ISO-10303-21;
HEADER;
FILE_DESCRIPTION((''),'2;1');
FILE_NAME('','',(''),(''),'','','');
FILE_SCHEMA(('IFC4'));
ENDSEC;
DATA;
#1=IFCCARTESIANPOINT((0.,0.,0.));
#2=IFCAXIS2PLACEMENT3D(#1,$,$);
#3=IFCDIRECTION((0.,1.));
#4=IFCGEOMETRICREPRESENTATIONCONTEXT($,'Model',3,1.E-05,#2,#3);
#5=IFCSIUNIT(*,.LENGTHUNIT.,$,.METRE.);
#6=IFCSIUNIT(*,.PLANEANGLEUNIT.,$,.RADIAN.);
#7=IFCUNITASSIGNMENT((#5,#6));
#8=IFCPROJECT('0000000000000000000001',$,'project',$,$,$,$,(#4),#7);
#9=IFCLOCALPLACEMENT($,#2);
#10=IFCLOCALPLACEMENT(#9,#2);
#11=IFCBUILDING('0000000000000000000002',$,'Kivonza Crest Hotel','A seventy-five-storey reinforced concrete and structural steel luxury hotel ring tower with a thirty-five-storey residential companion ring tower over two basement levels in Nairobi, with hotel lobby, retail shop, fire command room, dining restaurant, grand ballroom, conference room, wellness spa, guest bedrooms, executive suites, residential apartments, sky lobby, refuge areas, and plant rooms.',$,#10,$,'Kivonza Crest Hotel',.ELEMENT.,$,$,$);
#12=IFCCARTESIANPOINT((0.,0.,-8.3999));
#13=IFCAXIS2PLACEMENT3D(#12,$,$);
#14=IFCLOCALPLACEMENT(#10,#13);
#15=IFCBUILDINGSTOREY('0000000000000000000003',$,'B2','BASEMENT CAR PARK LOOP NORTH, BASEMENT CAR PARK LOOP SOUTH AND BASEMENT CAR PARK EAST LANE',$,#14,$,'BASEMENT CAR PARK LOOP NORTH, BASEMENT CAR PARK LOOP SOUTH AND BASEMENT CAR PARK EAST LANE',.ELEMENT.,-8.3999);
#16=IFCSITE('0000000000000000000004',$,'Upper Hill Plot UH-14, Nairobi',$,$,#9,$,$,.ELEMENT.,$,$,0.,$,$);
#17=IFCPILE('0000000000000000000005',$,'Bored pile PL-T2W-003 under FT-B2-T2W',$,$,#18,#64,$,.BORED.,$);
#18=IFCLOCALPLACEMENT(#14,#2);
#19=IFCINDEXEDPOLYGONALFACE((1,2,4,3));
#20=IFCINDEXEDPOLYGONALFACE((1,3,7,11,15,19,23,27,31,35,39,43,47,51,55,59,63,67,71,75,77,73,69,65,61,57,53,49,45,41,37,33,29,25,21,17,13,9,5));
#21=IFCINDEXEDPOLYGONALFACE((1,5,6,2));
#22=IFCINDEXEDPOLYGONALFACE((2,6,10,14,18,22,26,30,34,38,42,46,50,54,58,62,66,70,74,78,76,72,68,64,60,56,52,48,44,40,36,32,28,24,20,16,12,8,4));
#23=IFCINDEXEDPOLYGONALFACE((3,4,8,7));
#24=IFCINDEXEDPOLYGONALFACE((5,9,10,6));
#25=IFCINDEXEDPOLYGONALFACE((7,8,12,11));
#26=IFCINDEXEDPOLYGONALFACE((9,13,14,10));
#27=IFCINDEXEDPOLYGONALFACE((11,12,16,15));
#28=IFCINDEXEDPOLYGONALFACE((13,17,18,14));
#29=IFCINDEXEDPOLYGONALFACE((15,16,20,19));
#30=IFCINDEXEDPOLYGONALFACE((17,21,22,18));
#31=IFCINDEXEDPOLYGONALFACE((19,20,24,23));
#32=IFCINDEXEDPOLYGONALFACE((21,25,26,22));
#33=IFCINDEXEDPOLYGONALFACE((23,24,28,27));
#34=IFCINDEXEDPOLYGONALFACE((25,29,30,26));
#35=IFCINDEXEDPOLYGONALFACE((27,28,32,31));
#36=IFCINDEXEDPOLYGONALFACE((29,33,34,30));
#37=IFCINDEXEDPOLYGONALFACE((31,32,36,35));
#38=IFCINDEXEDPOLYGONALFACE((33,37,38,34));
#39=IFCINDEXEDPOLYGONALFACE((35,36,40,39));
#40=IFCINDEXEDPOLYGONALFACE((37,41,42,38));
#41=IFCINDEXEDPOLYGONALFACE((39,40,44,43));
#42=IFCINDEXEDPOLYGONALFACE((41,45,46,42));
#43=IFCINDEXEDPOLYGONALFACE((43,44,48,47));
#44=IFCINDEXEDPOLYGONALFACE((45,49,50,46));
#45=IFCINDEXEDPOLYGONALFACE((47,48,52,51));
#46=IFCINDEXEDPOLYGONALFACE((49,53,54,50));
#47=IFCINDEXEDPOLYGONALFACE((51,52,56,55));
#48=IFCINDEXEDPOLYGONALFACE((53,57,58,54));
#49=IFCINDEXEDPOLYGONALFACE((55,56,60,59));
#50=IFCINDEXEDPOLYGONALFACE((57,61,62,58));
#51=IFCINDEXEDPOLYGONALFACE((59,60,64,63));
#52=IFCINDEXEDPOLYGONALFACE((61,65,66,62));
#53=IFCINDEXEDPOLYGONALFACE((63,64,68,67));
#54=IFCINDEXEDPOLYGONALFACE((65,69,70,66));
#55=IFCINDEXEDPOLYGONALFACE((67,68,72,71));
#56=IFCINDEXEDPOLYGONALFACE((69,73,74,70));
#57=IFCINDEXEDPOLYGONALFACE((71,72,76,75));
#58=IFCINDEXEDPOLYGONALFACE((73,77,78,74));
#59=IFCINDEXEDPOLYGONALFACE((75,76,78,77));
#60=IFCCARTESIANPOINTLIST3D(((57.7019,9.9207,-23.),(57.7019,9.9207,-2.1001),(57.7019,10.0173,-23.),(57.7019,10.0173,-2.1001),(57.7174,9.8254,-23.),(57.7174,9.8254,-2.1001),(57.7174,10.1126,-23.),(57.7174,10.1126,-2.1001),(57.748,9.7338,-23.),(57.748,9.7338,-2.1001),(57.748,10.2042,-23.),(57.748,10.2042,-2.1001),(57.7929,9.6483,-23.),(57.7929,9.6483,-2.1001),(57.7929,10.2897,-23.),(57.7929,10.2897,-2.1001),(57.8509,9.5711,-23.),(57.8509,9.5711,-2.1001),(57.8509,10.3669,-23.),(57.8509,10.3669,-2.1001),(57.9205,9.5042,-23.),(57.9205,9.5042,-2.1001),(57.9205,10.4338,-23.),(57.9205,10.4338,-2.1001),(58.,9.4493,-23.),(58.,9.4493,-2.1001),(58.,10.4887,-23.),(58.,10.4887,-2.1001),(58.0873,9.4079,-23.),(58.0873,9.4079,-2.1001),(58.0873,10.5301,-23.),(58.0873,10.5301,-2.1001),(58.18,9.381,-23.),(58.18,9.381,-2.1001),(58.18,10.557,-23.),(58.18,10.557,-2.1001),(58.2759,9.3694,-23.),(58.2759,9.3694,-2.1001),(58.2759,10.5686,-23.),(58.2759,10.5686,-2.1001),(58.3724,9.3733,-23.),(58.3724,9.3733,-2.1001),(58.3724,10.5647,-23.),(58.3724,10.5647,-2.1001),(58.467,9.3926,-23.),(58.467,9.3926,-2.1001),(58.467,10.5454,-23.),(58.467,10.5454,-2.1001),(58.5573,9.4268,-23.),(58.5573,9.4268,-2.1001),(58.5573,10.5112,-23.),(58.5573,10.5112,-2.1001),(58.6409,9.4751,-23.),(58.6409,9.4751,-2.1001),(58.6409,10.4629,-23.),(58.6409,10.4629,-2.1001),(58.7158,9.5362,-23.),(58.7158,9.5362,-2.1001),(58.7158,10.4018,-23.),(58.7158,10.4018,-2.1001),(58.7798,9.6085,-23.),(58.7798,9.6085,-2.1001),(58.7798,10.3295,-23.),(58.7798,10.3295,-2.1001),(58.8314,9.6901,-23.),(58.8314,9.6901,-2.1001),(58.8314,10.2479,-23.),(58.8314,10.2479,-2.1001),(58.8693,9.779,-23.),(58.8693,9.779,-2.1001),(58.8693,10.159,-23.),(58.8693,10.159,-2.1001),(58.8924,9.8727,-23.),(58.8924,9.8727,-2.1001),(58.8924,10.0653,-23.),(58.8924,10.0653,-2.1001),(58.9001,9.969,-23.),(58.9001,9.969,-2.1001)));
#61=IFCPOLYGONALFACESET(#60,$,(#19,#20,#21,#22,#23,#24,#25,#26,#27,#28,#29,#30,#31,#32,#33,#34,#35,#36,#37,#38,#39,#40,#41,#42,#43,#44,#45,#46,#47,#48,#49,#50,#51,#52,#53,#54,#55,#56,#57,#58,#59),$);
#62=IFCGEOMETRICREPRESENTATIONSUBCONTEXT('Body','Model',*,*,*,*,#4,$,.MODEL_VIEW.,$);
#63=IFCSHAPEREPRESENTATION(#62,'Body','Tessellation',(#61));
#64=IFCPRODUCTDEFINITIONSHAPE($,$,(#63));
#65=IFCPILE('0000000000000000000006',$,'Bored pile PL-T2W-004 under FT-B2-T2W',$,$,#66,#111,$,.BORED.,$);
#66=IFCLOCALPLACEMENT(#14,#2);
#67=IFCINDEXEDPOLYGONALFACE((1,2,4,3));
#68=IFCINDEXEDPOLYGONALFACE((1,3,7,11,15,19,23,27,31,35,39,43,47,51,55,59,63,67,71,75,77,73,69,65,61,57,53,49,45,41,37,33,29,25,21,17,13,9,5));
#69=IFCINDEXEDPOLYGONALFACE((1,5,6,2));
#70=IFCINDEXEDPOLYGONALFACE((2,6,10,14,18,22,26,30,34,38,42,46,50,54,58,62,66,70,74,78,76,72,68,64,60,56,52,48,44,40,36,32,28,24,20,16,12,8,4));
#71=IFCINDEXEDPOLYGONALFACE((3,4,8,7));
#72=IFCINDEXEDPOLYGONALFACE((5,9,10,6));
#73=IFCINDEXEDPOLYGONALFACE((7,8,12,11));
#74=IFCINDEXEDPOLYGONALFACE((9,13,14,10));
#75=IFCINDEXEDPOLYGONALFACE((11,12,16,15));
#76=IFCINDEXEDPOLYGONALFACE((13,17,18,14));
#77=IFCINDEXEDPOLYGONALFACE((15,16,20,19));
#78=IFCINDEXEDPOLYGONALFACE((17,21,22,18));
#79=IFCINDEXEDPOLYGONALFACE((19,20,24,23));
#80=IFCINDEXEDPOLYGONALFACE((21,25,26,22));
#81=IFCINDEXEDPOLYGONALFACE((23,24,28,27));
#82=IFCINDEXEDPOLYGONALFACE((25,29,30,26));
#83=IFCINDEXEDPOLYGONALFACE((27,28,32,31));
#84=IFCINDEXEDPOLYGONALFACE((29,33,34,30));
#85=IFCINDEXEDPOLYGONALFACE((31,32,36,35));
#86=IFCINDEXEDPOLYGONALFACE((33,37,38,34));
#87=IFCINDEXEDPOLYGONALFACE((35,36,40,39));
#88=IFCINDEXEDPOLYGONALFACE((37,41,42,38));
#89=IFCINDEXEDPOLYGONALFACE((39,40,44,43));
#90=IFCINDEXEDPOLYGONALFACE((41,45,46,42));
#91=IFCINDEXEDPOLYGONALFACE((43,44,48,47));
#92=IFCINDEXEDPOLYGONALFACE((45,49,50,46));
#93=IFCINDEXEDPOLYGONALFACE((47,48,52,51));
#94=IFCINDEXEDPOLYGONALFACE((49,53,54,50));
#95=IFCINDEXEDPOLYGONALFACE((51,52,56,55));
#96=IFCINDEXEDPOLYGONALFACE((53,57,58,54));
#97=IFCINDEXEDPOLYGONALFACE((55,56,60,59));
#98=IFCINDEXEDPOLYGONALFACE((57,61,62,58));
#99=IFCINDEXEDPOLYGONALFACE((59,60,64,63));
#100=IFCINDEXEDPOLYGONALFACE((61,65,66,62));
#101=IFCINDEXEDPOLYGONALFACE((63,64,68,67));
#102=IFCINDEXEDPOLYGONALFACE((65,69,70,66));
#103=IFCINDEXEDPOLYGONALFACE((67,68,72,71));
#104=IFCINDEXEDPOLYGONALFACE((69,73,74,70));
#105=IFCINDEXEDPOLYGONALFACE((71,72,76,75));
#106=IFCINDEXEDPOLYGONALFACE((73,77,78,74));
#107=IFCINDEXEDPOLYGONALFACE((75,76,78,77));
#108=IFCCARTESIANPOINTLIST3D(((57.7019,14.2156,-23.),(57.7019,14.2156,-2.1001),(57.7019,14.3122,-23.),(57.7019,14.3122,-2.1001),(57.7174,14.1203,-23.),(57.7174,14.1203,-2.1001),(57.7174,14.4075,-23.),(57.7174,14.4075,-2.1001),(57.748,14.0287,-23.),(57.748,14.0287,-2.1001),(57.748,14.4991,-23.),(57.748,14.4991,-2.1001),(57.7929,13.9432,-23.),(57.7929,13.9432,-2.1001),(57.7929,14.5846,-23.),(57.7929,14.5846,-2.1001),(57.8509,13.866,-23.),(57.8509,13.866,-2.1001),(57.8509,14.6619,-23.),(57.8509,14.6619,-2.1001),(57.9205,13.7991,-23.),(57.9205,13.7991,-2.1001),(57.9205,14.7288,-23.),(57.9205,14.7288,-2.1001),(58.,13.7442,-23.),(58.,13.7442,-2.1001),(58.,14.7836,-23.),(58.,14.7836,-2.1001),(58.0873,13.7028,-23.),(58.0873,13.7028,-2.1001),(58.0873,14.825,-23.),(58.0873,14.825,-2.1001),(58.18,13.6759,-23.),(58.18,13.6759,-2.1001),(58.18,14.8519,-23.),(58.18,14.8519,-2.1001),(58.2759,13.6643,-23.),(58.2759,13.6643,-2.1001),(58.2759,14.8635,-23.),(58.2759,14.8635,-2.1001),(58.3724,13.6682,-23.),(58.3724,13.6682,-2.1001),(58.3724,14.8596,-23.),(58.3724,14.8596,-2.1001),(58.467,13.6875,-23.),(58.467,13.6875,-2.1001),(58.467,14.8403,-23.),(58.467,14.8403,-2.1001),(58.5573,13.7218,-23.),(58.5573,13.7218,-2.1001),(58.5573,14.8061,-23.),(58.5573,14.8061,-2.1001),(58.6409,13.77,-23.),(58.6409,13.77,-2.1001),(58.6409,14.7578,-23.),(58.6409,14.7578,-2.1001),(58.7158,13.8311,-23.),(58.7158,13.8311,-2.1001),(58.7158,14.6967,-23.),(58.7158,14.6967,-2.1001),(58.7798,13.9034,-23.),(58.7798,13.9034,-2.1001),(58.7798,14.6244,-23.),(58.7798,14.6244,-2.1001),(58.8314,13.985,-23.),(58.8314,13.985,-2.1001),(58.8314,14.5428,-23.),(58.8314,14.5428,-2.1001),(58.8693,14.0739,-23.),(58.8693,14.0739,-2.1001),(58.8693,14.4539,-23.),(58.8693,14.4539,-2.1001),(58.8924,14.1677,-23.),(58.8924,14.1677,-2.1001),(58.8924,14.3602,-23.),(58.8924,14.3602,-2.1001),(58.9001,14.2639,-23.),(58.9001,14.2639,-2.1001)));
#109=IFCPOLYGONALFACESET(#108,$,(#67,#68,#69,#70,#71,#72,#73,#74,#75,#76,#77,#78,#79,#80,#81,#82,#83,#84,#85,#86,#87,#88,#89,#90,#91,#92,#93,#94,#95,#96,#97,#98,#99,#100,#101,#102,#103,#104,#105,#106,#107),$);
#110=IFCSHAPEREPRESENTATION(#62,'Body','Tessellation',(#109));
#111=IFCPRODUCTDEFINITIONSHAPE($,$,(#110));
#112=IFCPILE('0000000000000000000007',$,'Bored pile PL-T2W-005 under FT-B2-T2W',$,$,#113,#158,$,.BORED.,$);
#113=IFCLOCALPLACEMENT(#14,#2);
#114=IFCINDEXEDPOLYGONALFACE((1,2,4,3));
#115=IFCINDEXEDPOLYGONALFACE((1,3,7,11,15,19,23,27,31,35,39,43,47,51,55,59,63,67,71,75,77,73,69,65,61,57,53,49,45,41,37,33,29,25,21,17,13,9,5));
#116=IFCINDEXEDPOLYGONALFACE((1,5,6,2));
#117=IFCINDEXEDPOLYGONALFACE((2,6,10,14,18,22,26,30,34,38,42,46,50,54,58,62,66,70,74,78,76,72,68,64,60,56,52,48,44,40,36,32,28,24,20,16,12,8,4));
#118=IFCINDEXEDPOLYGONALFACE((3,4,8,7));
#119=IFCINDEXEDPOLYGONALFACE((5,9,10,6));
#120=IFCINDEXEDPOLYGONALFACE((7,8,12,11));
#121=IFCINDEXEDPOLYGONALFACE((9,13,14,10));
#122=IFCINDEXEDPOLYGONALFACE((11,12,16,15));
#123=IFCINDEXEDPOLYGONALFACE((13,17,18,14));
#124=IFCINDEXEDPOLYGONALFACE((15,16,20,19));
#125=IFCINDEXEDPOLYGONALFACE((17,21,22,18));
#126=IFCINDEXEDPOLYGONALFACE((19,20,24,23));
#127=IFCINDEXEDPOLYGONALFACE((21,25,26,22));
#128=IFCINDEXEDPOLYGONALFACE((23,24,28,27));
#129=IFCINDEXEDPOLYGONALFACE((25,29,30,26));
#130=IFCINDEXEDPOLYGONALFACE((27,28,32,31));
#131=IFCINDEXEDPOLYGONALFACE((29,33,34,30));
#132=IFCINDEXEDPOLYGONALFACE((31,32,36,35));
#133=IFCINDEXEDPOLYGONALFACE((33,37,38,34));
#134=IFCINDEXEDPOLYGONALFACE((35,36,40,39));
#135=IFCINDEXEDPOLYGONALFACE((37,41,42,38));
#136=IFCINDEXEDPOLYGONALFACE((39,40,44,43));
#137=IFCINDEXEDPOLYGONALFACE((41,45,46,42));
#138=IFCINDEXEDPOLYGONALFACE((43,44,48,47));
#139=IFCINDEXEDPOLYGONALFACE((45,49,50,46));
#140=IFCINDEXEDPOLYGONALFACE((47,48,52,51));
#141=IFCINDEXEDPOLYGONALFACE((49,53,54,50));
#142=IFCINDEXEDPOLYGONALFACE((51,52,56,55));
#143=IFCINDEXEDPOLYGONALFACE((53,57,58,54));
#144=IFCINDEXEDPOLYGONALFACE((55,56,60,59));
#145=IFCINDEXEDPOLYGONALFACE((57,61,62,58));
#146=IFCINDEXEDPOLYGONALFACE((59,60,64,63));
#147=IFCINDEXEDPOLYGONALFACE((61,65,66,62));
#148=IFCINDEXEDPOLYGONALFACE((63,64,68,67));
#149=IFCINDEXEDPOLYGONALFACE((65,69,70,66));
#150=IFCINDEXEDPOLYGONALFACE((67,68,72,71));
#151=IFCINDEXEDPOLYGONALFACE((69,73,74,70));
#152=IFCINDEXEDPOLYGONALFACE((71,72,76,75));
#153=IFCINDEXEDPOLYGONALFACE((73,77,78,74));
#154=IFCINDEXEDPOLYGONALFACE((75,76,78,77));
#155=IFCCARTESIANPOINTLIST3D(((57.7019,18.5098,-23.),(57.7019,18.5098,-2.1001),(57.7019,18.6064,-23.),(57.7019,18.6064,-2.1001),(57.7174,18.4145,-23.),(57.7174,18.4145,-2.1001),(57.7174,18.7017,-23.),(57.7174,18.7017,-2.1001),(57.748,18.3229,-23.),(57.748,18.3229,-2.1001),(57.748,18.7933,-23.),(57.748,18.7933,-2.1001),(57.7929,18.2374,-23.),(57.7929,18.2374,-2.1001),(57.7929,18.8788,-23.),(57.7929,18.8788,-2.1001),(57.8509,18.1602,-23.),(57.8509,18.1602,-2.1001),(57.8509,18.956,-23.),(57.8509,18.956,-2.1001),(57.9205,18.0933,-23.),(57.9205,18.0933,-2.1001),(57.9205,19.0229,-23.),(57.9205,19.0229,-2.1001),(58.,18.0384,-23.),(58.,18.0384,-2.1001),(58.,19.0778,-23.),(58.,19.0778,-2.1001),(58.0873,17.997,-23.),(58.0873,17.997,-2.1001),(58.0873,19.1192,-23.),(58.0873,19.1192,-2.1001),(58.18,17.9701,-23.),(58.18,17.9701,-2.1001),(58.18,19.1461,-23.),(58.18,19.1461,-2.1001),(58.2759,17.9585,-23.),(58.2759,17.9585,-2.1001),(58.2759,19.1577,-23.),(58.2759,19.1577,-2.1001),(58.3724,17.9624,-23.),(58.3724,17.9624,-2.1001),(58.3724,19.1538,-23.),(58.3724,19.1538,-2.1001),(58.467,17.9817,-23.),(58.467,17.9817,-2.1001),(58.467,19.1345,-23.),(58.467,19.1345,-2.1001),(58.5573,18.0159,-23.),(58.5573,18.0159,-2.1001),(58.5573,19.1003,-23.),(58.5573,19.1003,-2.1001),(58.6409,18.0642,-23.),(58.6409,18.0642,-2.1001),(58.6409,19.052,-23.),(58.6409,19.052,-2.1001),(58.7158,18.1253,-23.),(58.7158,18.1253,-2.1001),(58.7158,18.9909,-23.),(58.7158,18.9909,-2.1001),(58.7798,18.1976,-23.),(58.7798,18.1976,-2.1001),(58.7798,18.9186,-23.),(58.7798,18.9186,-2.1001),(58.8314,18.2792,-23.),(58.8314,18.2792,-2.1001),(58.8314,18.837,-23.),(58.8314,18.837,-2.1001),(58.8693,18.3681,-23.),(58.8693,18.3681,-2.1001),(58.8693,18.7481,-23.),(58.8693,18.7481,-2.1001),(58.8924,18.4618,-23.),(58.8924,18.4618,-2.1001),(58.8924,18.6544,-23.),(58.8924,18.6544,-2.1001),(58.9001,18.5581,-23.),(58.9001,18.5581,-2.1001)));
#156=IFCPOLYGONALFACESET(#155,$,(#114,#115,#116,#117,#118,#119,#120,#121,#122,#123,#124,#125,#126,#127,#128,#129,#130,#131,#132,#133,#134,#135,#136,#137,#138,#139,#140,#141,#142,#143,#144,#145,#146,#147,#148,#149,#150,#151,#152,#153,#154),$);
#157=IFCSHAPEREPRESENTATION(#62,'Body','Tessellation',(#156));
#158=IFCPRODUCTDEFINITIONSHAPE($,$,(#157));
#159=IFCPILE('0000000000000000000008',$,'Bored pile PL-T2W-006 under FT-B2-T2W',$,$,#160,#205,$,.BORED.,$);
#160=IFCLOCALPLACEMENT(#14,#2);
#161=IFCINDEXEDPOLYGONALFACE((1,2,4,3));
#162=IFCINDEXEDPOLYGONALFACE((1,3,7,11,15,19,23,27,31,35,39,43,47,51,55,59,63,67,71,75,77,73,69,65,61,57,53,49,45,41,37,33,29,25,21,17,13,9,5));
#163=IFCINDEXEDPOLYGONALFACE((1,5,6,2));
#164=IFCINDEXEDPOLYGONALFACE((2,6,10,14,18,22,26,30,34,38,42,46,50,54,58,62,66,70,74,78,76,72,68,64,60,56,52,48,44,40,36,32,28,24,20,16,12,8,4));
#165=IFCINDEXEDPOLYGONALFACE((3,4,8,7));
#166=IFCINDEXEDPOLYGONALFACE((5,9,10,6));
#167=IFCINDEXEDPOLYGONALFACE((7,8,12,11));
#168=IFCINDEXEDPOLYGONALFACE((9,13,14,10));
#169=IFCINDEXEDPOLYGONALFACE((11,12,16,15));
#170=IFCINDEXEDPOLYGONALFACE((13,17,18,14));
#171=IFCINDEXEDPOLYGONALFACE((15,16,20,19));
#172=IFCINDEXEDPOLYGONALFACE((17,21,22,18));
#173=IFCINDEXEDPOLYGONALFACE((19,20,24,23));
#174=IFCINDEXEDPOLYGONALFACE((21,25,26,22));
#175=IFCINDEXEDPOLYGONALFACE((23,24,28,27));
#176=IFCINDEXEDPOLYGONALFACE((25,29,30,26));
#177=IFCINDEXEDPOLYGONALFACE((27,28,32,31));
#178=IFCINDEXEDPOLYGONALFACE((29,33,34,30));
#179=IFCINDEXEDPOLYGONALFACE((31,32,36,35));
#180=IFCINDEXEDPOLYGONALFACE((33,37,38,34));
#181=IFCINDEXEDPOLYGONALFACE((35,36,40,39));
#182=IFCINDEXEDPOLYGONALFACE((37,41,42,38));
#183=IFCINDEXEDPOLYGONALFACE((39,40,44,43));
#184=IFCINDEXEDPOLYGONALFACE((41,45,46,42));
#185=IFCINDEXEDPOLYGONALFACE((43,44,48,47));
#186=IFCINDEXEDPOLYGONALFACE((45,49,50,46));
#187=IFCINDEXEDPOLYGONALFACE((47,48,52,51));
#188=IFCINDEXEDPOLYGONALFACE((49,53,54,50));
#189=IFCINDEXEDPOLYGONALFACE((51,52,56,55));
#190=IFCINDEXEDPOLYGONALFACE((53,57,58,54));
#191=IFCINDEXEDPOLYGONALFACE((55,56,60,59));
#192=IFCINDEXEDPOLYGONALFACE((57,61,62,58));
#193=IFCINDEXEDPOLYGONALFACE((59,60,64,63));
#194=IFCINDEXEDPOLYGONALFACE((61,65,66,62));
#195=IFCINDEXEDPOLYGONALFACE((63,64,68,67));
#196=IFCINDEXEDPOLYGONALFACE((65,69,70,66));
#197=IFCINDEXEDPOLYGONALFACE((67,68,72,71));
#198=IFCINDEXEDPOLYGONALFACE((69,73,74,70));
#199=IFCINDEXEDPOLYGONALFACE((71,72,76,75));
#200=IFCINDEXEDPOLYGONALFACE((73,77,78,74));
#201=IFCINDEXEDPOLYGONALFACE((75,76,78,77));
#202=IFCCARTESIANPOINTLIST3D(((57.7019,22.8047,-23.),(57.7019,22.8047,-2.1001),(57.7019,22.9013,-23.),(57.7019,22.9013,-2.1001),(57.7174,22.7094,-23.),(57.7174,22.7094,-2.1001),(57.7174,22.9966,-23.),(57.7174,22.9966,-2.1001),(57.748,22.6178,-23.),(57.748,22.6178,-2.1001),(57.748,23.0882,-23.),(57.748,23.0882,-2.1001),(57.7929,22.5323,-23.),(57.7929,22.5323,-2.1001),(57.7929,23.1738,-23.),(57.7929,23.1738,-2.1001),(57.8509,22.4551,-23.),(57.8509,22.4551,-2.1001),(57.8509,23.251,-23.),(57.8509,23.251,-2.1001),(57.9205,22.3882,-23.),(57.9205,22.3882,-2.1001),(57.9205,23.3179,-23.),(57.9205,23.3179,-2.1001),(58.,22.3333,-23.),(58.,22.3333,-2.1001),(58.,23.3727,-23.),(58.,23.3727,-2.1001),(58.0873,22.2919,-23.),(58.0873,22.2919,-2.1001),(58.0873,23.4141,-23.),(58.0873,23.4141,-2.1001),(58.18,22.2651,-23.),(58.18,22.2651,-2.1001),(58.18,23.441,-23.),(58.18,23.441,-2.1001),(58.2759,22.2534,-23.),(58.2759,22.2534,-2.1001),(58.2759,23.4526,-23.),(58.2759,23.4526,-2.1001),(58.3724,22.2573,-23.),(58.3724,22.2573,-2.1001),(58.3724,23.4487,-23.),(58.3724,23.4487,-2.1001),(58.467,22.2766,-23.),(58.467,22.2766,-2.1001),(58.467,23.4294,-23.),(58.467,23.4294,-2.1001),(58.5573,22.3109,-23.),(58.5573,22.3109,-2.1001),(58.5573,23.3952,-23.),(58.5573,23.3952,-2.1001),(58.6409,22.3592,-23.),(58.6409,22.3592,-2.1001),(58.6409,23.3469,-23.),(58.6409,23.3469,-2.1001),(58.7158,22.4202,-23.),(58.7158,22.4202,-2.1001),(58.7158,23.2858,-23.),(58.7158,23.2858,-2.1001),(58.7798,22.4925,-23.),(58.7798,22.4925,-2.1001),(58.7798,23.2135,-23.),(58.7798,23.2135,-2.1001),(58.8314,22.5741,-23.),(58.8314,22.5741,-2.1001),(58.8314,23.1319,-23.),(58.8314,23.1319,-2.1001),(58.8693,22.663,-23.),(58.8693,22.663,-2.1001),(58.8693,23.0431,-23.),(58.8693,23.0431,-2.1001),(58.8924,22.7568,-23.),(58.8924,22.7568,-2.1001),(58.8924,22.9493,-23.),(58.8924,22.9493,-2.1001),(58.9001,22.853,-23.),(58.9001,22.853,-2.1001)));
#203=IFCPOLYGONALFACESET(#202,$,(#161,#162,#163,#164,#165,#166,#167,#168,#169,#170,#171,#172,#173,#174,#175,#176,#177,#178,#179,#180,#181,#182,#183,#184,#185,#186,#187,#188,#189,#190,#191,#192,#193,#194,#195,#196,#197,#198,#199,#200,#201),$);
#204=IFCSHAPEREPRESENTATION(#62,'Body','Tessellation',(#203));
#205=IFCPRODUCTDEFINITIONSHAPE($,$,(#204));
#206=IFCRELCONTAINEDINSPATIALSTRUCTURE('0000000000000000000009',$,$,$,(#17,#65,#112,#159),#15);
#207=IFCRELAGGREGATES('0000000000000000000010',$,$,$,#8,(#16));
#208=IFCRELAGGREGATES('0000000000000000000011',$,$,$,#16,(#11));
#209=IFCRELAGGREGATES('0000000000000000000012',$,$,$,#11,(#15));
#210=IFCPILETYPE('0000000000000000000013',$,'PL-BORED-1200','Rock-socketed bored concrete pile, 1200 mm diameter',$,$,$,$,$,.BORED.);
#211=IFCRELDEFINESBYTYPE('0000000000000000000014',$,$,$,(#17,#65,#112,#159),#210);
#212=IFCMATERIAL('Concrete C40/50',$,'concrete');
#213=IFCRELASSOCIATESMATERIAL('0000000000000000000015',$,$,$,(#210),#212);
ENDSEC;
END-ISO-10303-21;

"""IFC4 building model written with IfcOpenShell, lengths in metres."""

from ifc_helpers import new_model, si_unit, direction, frame, origin, origin_2d, place, context, subcontext, project, spatial, circle, extrude, material, material_profile, profile_set, type_object, element, save


model = new_model("IFC4")

# Units and contexts
model_context = context("Model", 3, precision=1e-05, world=origin(), true_north=direction((0.0, 1.0)))
body_context = subcontext(model_context, "Body", "Model", "MODEL_VIEW")
ifc_project = project(units=[si_unit("LENGTHUNIT", "METRE"), si_unit("PLANEANGLEUNIT", "RADIAN")], contexts=[model_context])

# Site, building, storey
site_placement = place(None, origin())
site = spatial("IfcSite", under=ifc_project, at=site_placement, Name="Upper Hill Plot UH-14, Nairobi", CompositionType="ELEMENT", RefElevation=0.0)
building_placement = place(site_placement, origin())
building = spatial("IfcBuilding", under=site, at=building_placement, Name="Kivonza Crest Hotel", Description="A seventy-five-storey reinforced concrete and structural steel luxury hotel ring tower with a thirty-five-storey residential companion ring tower over two basement levels in Nairobi, with hotel lobby, retail shop, fire command room, dining restaurant, grand ballroom, conference room, wellness spa, guest bedrooms, executive suites, residential apartments, sky lobby, refuge areas, and plant rooms.", LongName="Kivonza Crest Hotel", CompositionType="ELEMENT")
storey_placement = place(building_placement, frame((0.0, 0.0, -8.3999)))
storey = spatial("IfcBuildingStorey", under=building, at=storey_placement, Name="B2", Description="BASEMENT CAR PARK LOOP NORTH, BASEMENT CAR PARK LOOP SOUTH AND BASEMENT CAR PARK EAST LANE", LongName="BASEMENT CAR PARK LOOP NORTH, BASEMENT CAR PARK LOOP SOUTH AND BASEMENT CAR PARK EAST LANE", CompositionType="ELEMENT", Elevation=-8.3999)

# Piles
ifc_material_1 = material(Name="Concrete C40/50", Category="concrete")
ifc_material_profile_1 = material_profile(ifc_material_1, circle(Radius=0.6001, at=origin_2d()), Name="PILE D1200")
ifc_profile_set_1 = profile_set([ifc_material_profile_1], Name="Concrete C40/50")
pile_type = type_object("IfcPileType", Name="PL-BORED-1200", Description="Rock-socketed bored concrete pile, 1200 mm diameter", PredefinedType="BORED", material=ifc_profile_set_1)
for number, where, z_axis, x_axis, name in (
    (1, (58.3, 9.969, -2.1001), (0.0, 0.0, -1.0), (1.0, 0.0, 0.0), "Bored pile PL-T2W-003 under FT-B2-T2W"),
    (2, (58.3, 14.2639, -2.1001), (0.0, 0.0, -1.0), (1.0, 0.0, 0.0), "Bored pile PL-T2W-004 under FT-B2-T2W"),
    (3, (58.3, 18.5581, -2.1001), (0.0, 0.0, -1.0), (1.0, 0.0, 0.0), "Bored pile PL-T2W-005 under FT-B2-T2W"),
    (4, (58.3, 22.853, -2.1001), (0.0, 0.0, -1.0), (1.0, 0.0, 0.0), "Bored pile PL-T2W-006 under FT-B2-T2W"),
):
    element("IfcPile", number, at=place(storey_placement, frame(where, z_axis=z_axis, x_axis=x_axis)), inside=storey, type_object=pile_type, Name=name, PredefinedType="BORED", context=body_context, shape_type="SweptSolid", body=[
        extrude(circle(Radius=0.6001, at=origin_2d()), origin(), (0.0, 0.0, 1.0), 20.8999),
    ])

save(model, "model.ifc")
